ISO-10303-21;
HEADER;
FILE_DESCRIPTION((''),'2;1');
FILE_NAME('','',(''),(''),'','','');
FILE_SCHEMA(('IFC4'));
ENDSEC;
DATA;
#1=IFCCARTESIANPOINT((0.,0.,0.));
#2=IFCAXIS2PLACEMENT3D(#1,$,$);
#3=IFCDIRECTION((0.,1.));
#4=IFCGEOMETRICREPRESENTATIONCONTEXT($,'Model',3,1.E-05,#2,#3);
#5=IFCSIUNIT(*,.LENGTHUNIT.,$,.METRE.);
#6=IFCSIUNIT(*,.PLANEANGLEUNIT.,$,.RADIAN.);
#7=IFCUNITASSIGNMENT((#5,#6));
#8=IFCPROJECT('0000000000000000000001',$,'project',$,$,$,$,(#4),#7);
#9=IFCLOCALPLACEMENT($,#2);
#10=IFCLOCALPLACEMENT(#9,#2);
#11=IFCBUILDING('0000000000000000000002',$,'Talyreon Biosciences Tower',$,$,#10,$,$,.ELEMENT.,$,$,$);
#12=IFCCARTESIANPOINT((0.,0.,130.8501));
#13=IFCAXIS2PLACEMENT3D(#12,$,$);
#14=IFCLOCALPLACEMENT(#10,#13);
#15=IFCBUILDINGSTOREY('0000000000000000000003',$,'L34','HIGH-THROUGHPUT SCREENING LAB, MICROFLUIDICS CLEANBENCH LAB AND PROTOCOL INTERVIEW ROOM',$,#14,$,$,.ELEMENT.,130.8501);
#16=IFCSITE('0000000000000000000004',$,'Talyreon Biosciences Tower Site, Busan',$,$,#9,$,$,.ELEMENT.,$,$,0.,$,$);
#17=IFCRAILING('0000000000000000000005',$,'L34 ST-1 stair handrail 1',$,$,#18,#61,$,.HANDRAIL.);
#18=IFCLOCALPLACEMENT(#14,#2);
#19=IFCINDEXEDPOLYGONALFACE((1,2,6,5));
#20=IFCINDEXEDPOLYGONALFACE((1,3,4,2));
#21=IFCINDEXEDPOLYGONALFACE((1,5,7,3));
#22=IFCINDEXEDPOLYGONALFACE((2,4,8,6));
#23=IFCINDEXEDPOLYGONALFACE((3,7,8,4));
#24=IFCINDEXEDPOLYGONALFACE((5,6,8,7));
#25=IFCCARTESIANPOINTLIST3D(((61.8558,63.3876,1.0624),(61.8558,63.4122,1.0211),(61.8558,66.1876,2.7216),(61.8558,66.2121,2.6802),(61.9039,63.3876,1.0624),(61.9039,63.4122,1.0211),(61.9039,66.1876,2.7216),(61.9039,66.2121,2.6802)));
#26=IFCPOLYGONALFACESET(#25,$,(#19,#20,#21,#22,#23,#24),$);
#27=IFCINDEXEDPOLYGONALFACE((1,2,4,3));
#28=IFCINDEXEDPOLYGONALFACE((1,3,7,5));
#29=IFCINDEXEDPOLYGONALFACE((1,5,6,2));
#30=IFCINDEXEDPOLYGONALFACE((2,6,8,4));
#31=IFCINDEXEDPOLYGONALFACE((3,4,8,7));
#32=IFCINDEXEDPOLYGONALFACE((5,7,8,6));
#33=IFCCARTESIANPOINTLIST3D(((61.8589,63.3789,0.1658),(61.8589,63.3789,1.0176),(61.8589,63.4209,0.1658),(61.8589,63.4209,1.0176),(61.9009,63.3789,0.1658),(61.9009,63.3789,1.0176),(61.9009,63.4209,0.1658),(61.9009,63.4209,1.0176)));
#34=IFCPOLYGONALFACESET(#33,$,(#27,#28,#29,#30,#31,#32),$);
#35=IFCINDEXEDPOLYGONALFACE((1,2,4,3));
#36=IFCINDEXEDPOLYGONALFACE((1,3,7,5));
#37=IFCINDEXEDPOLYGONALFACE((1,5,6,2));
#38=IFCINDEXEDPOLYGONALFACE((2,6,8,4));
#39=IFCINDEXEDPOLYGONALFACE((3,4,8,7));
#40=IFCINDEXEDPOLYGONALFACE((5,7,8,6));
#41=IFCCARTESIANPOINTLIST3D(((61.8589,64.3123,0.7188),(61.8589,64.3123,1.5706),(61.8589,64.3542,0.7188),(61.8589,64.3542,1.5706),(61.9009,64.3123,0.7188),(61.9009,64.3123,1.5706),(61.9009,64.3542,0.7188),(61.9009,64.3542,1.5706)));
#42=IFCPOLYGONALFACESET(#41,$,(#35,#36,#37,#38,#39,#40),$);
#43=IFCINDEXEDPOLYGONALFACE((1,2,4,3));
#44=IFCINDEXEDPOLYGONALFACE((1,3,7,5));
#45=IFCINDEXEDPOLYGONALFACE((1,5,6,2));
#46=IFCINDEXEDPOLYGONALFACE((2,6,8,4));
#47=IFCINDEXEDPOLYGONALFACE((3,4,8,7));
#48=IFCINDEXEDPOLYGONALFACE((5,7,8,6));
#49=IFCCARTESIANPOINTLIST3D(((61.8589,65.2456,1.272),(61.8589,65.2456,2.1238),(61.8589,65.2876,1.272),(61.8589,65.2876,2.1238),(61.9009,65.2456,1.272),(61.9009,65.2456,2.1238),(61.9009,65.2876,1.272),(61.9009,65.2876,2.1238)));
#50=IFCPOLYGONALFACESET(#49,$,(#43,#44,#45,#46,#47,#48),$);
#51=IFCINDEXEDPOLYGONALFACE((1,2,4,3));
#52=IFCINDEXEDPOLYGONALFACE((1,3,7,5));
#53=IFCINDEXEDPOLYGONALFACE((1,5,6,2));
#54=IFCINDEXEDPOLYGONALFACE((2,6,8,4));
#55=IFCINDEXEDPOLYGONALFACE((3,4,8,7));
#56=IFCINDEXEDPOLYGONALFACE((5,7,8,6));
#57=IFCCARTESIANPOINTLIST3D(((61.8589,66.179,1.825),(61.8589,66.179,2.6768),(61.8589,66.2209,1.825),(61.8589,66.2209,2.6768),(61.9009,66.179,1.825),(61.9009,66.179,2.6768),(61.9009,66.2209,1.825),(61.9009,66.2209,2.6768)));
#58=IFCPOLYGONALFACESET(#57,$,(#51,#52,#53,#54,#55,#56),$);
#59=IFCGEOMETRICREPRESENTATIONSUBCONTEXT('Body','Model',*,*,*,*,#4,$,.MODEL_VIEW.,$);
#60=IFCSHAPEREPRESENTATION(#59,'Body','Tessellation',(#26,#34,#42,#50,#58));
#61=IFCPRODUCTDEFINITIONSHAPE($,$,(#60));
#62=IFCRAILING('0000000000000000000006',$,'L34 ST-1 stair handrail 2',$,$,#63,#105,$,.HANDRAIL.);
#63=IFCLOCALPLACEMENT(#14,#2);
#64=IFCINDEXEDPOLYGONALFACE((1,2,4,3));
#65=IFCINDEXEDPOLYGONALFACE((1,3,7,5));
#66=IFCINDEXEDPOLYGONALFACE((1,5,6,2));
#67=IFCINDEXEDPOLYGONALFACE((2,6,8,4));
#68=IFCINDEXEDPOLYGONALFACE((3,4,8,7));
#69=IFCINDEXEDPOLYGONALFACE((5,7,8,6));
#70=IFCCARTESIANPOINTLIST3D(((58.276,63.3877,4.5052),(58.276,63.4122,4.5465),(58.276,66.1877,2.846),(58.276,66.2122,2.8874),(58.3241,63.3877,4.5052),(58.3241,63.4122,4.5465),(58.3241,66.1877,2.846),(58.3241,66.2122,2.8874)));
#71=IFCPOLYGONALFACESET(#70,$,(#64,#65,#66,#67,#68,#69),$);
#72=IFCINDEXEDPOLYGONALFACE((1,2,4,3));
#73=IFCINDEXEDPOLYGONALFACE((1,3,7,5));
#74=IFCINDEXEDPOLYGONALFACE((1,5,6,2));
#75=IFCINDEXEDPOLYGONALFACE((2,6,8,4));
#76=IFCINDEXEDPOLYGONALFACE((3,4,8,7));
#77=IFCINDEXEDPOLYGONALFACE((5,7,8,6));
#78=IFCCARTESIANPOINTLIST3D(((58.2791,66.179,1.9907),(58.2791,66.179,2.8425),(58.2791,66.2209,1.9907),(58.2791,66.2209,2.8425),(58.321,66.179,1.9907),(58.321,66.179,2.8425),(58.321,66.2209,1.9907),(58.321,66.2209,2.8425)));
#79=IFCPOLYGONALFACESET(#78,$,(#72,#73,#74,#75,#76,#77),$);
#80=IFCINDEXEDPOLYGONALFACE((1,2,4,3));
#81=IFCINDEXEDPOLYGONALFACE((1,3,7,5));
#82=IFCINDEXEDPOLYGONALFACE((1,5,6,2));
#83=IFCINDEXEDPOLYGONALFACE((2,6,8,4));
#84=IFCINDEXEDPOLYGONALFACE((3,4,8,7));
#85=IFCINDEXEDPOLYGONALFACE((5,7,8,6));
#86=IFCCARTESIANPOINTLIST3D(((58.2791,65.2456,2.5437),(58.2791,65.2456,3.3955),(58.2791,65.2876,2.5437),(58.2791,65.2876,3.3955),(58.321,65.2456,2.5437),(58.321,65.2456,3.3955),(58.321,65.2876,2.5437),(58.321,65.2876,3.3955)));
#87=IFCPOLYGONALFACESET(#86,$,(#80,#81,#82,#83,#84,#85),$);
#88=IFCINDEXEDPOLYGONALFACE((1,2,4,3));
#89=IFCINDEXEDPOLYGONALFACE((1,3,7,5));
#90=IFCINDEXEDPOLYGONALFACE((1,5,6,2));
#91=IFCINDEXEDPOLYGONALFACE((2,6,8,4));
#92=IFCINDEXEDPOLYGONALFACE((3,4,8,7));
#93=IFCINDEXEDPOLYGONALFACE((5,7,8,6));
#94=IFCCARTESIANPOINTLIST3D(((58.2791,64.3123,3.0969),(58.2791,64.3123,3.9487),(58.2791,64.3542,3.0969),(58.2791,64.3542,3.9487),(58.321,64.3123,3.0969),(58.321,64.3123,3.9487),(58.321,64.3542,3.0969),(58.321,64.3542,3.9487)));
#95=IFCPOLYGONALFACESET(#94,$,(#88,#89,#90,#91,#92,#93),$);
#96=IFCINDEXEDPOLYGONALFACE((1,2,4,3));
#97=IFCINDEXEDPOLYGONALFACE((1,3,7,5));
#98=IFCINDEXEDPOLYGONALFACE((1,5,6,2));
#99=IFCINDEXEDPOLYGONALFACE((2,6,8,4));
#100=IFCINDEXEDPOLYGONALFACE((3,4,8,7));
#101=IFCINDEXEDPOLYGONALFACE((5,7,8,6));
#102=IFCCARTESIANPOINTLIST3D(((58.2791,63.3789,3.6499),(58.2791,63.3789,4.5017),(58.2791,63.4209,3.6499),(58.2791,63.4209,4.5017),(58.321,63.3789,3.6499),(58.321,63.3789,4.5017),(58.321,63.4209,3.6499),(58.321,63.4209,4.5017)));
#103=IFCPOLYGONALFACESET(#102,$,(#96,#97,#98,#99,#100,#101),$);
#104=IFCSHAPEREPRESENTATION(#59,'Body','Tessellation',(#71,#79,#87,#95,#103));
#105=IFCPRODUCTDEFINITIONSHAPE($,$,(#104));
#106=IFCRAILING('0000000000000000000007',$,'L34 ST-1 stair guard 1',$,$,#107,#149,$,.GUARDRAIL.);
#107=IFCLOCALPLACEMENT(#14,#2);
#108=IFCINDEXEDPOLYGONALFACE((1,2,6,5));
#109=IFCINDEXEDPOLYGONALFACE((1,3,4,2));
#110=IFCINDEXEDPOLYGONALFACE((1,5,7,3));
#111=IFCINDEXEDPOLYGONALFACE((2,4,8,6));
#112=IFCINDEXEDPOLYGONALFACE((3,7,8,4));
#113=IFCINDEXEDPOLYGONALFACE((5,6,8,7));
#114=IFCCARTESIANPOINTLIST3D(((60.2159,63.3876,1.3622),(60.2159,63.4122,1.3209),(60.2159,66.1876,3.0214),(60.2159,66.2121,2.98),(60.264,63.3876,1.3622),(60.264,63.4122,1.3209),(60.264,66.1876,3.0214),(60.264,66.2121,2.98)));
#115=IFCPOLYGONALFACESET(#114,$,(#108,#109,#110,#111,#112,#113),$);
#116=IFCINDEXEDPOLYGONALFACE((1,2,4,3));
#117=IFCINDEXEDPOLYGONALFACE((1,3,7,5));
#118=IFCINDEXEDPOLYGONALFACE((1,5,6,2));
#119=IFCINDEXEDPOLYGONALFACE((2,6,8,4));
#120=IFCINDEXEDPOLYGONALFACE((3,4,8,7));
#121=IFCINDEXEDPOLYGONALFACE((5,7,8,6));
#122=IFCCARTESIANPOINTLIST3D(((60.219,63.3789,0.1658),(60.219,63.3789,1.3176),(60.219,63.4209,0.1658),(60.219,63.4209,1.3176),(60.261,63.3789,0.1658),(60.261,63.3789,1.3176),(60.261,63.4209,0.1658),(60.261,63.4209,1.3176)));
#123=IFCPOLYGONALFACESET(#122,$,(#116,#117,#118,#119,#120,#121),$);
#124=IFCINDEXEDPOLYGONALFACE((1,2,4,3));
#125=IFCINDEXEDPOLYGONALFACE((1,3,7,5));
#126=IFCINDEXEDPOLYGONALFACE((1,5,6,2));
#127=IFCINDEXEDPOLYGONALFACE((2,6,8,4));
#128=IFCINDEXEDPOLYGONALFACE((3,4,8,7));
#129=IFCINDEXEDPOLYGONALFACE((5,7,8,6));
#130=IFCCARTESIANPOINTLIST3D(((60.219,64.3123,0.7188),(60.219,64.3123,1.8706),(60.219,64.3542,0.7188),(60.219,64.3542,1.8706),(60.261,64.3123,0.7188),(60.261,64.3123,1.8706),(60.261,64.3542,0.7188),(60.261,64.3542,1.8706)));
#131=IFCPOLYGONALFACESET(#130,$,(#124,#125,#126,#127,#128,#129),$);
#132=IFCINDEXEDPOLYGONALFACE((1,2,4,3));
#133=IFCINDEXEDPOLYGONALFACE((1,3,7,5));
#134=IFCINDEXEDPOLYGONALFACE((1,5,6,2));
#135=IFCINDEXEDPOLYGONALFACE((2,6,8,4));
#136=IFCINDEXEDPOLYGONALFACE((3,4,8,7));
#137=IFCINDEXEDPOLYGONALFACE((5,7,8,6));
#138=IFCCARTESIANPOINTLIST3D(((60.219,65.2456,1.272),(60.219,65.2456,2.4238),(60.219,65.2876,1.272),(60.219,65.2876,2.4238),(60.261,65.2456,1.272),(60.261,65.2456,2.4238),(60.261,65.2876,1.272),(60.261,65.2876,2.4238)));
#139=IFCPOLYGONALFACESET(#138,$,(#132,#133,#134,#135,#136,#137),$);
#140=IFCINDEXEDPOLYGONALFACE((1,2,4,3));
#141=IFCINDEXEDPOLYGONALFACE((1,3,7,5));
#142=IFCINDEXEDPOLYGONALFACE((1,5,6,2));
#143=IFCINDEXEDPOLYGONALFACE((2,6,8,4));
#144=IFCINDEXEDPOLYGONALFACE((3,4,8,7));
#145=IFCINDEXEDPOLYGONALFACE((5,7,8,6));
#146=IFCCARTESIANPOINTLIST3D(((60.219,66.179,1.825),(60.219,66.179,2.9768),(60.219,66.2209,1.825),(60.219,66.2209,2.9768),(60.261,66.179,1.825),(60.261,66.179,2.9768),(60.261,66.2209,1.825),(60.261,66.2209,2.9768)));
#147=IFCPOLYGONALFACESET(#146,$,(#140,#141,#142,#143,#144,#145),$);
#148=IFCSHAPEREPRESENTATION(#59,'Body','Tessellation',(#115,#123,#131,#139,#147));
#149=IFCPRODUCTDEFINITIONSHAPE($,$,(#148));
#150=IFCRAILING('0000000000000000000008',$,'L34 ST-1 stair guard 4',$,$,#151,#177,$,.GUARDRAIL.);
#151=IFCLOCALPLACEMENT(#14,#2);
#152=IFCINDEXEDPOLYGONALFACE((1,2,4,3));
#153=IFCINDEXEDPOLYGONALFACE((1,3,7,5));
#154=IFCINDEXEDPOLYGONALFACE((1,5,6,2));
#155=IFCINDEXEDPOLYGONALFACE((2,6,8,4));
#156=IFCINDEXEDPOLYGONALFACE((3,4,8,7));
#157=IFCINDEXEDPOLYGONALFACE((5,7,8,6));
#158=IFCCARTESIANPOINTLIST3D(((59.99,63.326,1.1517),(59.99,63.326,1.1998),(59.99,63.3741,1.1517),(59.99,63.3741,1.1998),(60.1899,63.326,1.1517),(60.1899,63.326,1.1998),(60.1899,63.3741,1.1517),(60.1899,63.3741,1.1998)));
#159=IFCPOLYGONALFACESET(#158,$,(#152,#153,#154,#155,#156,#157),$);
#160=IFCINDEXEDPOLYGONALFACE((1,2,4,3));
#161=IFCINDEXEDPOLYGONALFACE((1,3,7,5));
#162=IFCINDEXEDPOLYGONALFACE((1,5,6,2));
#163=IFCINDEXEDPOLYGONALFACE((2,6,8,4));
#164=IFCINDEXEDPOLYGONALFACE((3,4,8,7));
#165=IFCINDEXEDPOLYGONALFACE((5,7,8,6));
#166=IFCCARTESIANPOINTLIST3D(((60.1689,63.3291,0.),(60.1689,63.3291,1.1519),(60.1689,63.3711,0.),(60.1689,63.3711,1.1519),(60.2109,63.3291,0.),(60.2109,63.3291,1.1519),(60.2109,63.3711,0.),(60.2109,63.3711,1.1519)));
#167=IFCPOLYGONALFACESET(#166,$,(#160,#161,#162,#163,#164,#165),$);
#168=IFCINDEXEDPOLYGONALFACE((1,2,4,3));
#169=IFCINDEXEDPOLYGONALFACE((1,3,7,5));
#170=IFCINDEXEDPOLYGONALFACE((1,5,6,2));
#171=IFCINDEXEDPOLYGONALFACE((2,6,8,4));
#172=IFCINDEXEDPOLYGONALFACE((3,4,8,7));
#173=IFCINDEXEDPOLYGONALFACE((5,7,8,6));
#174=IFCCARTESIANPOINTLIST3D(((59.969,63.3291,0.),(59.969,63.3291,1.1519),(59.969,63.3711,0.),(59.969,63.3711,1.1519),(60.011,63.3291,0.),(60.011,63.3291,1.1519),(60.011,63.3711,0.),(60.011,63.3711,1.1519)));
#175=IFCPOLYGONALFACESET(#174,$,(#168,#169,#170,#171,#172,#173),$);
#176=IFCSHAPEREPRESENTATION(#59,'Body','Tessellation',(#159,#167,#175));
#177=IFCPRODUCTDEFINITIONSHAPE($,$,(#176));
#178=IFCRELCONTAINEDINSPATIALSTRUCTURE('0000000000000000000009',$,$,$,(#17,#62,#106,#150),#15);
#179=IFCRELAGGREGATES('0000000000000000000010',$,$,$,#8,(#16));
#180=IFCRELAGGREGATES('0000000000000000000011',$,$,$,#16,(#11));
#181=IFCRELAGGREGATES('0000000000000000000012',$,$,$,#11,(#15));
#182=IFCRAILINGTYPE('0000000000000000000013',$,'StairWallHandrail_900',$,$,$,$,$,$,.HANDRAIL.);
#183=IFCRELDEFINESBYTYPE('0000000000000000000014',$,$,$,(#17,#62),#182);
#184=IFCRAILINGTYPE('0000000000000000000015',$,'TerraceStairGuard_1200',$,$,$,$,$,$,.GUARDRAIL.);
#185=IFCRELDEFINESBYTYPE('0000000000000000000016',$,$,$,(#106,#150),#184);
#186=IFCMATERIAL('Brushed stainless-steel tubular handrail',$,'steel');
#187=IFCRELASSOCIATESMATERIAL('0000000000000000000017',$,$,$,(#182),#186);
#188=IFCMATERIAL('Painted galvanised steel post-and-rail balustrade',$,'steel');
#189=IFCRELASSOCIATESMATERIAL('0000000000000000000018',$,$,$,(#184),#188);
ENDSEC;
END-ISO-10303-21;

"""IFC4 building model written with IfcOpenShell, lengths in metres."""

from ifc_helpers import new_model, si_unit, direction, frame, origin, origin_2d, place, context, subcontext, project, spatial, rectangle, extrude, material, type_object, element, save


model = new_model("IFC4")

# Units and contexts
model_context = context("Model", 3, precision=1e-05, world=origin(), true_north=direction((0.0, 1.0)))
body_context = subcontext(model_context, "Body", "Model", "MODEL_VIEW")
ifc_project = project(units=[si_unit("LENGTHUNIT", "METRE"), si_unit("PLANEANGLEUNIT", "RADIAN")], contexts=[model_context])

# Site, building, storey
site_placement = place(None, origin())
site = spatial("IfcSite", under=ifc_project, at=site_placement, Name="Talyreon Biosciences Tower Site, Busan", CompositionType="ELEMENT", RefElevation=0.0)
building_placement = place(site_placement, origin())
building = spatial("IfcBuilding", under=site, at=building_placement, Name="Talyreon Biosciences Tower", CompositionType="ELEMENT")
storey_placement = place(building_placement, frame((0.0, 0.0, 130.8501)))
storey = spatial("IfcBuildingStorey", under=building, at=storey_placement, Name="L34", Description="HIGH-THROUGHPUT SCREENING LAB, MICROFLUIDICS CLEANBENCH LAB AND PROTOCOL INTERVIEW ROOM", CompositionType="ELEMENT", Elevation=130.8501)

# Railings
ifc_material_1 = material(Name="Brushed stainless-steel tubular handrail", Category="steel")
railing_type_1 = type_object("IfcRailingType", Name="StairWallHandrail_900", PredefinedType="HANDRAIL", material=ifc_material_1)
railing_1_placement = place(storey_placement, frame((61.8799, 63.3999, 0.1658)))
element("IfcRailing", 1, at=railing_1_placement, inside=storey, type_object=railing_type_1, Name="L34 ST-1 stair handrail 1", PredefinedType="HANDRAIL", context=body_context, shape_type="SweptSolid", body=[
    extrude(rectangle(XDim=0.0481, YDim=0.0481, at=origin_2d()), frame((0.0, 0.0, 0.876), z_axis=(0.0, 0.860306, 0.509778), x_axis=(-1.0, 0.0, 0.0)), (0.0, 0.0, 1.0), 3.2546),
    extrude(rectangle(XDim=0.042, YDim=0.042, at=origin_2d()), origin(), (0.0, 0.0, 1.0), 0.8518),
    extrude(rectangle(XDim=0.042, YDim=0.042, at=origin_2d()), frame((0.0, 0.9333, 0.553)), (0.0, 0.0, 1.0), 0.8518),
    extrude(rectangle(XDim=0.042, YDim=0.042, at=origin_2d()), frame((0.0, 1.8667, 1.1062)), (0.0, 0.0, 1.0), 0.8518),
    extrude(rectangle(XDim=0.042, YDim=0.042, at=origin_2d()), frame((0.0, 2.8, 1.6592)), (0.0, 0.0, 1.0), 0.8518),
])
railing_2_placement = place(storey_placement, frame((58.3, 66.2, 1.9907)))
element("IfcRailing", 2, at=railing_2_placement, inside=storey, type_object=railing_type_1, Name="L34 ST-1 stair handrail 2", PredefinedType="HANDRAIL", context=body_context, shape_type="SweptSolid", body=[
    extrude(rectangle(XDim=0.0481, YDim=0.0481, at=origin_2d()), frame((0.0, 0.0, 0.876), z_axis=(0.0, -0.860306, 0.509778), x_axis=(1.0, 0.0, 0.0)), (0.0, 0.0, 1.0), 3.2546),
    extrude(rectangle(XDim=0.042, YDim=0.042, at=origin_2d()), origin(), (0.0, 0.0, 1.0), 0.8518),
    extrude(rectangle(XDim=0.042, YDim=0.042, at=origin_2d()), frame((0.0, -0.9333, 0.553)), (0.0, 0.0, 1.0), 0.8518),
    extrude(rectangle(XDim=0.042, YDim=0.042, at=origin_2d()), frame((0.0, -1.8667, 1.1062)), (0.0, 0.0, 1.0), 0.8518),
    extrude(rectangle(XDim=0.042, YDim=0.042, at=origin_2d()), frame((0.0, -2.8, 1.6592)), (0.0, 0.0, 1.0), 0.8518),
])
ifc_material_2 = material(Name="Painted galvanised steel post-and-rail balustrade", Category="steel")
railing_type_2 = type_object("IfcRailingType", Name="TerraceStairGuard_1200", PredefinedType="GUARDRAIL", material=ifc_material_2)
railing_3_placement = place(storey_placement, frame((60.24, 63.3999, 0.1658)))
element("IfcRailing", 3, at=railing_3_placement, inside=storey, type_object=railing_type_2, Name="L34 ST-1 stair guard 1", PredefinedType="GUARDRAIL", context=body_context, shape_type="SweptSolid", body=[
    extrude(rectangle(XDim=0.0481, YDim=0.0481, at=origin_2d()), frame((0.0, 0.0, 1.1758), z_axis=(0.0, 0.860306, 0.509778), x_axis=(-1.0, 0.0, 0.0)), (0.0, 0.0, 1.0), 3.2546),
    extrude(rectangle(XDim=0.042, YDim=0.042, at=origin_2d()), origin(), (0.0, 0.0, 1.0), 1.1519),
    extrude(rectangle(XDim=0.042, YDim=0.042, at=origin_2d()), frame((0.0, 0.9333, 0.553)), (0.0, 0.0, 1.0), 1.1519),
    extrude(rectangle(XDim=0.042, YDim=0.042, at=origin_2d()), frame((0.0, 1.8667, 1.1062)), (0.0, 0.0, 1.0), 1.1519),
    extrude(rectangle(XDim=0.042, YDim=0.042, at=origin_2d()), frame((0.0, 2.8, 1.6592)), (0.0, 0.0, 1.0), 1.1519),
])
railing_4_placement = place(storey_placement, frame((60.1899, 63.3501, 0.0)))
element("IfcRailing", 4, at=railing_4_placement, inside=storey, type_object=railing_type_2, Name="L34 ST-1 stair guard 4", PredefinedType="GUARDRAIL", context=body_context, shape_type="SweptSolid", body=[
    extrude(rectangle(XDim=0.0481, YDim=0.0481, at=origin_2d()), frame((0.0, 0.0, 1.1758), z_axis=(-1.0, 0.0, 0.0), x_axis=(0.0, -1.0, 0.0)), (0.0, 0.0, 1.0), 0.2),
    extrude(rectangle(XDim=0.042, YDim=0.042, at=origin_2d()), origin(), (0.0, 0.0, 1.0), 1.1519),
    extrude(rectangle(XDim=0.042, YDim=0.042, at=origin_2d()), frame((-0.2, 0.0, 0.0)), (0.0, 0.0, 1.0), 1.1519),
])

save(model, "model.ifc")
